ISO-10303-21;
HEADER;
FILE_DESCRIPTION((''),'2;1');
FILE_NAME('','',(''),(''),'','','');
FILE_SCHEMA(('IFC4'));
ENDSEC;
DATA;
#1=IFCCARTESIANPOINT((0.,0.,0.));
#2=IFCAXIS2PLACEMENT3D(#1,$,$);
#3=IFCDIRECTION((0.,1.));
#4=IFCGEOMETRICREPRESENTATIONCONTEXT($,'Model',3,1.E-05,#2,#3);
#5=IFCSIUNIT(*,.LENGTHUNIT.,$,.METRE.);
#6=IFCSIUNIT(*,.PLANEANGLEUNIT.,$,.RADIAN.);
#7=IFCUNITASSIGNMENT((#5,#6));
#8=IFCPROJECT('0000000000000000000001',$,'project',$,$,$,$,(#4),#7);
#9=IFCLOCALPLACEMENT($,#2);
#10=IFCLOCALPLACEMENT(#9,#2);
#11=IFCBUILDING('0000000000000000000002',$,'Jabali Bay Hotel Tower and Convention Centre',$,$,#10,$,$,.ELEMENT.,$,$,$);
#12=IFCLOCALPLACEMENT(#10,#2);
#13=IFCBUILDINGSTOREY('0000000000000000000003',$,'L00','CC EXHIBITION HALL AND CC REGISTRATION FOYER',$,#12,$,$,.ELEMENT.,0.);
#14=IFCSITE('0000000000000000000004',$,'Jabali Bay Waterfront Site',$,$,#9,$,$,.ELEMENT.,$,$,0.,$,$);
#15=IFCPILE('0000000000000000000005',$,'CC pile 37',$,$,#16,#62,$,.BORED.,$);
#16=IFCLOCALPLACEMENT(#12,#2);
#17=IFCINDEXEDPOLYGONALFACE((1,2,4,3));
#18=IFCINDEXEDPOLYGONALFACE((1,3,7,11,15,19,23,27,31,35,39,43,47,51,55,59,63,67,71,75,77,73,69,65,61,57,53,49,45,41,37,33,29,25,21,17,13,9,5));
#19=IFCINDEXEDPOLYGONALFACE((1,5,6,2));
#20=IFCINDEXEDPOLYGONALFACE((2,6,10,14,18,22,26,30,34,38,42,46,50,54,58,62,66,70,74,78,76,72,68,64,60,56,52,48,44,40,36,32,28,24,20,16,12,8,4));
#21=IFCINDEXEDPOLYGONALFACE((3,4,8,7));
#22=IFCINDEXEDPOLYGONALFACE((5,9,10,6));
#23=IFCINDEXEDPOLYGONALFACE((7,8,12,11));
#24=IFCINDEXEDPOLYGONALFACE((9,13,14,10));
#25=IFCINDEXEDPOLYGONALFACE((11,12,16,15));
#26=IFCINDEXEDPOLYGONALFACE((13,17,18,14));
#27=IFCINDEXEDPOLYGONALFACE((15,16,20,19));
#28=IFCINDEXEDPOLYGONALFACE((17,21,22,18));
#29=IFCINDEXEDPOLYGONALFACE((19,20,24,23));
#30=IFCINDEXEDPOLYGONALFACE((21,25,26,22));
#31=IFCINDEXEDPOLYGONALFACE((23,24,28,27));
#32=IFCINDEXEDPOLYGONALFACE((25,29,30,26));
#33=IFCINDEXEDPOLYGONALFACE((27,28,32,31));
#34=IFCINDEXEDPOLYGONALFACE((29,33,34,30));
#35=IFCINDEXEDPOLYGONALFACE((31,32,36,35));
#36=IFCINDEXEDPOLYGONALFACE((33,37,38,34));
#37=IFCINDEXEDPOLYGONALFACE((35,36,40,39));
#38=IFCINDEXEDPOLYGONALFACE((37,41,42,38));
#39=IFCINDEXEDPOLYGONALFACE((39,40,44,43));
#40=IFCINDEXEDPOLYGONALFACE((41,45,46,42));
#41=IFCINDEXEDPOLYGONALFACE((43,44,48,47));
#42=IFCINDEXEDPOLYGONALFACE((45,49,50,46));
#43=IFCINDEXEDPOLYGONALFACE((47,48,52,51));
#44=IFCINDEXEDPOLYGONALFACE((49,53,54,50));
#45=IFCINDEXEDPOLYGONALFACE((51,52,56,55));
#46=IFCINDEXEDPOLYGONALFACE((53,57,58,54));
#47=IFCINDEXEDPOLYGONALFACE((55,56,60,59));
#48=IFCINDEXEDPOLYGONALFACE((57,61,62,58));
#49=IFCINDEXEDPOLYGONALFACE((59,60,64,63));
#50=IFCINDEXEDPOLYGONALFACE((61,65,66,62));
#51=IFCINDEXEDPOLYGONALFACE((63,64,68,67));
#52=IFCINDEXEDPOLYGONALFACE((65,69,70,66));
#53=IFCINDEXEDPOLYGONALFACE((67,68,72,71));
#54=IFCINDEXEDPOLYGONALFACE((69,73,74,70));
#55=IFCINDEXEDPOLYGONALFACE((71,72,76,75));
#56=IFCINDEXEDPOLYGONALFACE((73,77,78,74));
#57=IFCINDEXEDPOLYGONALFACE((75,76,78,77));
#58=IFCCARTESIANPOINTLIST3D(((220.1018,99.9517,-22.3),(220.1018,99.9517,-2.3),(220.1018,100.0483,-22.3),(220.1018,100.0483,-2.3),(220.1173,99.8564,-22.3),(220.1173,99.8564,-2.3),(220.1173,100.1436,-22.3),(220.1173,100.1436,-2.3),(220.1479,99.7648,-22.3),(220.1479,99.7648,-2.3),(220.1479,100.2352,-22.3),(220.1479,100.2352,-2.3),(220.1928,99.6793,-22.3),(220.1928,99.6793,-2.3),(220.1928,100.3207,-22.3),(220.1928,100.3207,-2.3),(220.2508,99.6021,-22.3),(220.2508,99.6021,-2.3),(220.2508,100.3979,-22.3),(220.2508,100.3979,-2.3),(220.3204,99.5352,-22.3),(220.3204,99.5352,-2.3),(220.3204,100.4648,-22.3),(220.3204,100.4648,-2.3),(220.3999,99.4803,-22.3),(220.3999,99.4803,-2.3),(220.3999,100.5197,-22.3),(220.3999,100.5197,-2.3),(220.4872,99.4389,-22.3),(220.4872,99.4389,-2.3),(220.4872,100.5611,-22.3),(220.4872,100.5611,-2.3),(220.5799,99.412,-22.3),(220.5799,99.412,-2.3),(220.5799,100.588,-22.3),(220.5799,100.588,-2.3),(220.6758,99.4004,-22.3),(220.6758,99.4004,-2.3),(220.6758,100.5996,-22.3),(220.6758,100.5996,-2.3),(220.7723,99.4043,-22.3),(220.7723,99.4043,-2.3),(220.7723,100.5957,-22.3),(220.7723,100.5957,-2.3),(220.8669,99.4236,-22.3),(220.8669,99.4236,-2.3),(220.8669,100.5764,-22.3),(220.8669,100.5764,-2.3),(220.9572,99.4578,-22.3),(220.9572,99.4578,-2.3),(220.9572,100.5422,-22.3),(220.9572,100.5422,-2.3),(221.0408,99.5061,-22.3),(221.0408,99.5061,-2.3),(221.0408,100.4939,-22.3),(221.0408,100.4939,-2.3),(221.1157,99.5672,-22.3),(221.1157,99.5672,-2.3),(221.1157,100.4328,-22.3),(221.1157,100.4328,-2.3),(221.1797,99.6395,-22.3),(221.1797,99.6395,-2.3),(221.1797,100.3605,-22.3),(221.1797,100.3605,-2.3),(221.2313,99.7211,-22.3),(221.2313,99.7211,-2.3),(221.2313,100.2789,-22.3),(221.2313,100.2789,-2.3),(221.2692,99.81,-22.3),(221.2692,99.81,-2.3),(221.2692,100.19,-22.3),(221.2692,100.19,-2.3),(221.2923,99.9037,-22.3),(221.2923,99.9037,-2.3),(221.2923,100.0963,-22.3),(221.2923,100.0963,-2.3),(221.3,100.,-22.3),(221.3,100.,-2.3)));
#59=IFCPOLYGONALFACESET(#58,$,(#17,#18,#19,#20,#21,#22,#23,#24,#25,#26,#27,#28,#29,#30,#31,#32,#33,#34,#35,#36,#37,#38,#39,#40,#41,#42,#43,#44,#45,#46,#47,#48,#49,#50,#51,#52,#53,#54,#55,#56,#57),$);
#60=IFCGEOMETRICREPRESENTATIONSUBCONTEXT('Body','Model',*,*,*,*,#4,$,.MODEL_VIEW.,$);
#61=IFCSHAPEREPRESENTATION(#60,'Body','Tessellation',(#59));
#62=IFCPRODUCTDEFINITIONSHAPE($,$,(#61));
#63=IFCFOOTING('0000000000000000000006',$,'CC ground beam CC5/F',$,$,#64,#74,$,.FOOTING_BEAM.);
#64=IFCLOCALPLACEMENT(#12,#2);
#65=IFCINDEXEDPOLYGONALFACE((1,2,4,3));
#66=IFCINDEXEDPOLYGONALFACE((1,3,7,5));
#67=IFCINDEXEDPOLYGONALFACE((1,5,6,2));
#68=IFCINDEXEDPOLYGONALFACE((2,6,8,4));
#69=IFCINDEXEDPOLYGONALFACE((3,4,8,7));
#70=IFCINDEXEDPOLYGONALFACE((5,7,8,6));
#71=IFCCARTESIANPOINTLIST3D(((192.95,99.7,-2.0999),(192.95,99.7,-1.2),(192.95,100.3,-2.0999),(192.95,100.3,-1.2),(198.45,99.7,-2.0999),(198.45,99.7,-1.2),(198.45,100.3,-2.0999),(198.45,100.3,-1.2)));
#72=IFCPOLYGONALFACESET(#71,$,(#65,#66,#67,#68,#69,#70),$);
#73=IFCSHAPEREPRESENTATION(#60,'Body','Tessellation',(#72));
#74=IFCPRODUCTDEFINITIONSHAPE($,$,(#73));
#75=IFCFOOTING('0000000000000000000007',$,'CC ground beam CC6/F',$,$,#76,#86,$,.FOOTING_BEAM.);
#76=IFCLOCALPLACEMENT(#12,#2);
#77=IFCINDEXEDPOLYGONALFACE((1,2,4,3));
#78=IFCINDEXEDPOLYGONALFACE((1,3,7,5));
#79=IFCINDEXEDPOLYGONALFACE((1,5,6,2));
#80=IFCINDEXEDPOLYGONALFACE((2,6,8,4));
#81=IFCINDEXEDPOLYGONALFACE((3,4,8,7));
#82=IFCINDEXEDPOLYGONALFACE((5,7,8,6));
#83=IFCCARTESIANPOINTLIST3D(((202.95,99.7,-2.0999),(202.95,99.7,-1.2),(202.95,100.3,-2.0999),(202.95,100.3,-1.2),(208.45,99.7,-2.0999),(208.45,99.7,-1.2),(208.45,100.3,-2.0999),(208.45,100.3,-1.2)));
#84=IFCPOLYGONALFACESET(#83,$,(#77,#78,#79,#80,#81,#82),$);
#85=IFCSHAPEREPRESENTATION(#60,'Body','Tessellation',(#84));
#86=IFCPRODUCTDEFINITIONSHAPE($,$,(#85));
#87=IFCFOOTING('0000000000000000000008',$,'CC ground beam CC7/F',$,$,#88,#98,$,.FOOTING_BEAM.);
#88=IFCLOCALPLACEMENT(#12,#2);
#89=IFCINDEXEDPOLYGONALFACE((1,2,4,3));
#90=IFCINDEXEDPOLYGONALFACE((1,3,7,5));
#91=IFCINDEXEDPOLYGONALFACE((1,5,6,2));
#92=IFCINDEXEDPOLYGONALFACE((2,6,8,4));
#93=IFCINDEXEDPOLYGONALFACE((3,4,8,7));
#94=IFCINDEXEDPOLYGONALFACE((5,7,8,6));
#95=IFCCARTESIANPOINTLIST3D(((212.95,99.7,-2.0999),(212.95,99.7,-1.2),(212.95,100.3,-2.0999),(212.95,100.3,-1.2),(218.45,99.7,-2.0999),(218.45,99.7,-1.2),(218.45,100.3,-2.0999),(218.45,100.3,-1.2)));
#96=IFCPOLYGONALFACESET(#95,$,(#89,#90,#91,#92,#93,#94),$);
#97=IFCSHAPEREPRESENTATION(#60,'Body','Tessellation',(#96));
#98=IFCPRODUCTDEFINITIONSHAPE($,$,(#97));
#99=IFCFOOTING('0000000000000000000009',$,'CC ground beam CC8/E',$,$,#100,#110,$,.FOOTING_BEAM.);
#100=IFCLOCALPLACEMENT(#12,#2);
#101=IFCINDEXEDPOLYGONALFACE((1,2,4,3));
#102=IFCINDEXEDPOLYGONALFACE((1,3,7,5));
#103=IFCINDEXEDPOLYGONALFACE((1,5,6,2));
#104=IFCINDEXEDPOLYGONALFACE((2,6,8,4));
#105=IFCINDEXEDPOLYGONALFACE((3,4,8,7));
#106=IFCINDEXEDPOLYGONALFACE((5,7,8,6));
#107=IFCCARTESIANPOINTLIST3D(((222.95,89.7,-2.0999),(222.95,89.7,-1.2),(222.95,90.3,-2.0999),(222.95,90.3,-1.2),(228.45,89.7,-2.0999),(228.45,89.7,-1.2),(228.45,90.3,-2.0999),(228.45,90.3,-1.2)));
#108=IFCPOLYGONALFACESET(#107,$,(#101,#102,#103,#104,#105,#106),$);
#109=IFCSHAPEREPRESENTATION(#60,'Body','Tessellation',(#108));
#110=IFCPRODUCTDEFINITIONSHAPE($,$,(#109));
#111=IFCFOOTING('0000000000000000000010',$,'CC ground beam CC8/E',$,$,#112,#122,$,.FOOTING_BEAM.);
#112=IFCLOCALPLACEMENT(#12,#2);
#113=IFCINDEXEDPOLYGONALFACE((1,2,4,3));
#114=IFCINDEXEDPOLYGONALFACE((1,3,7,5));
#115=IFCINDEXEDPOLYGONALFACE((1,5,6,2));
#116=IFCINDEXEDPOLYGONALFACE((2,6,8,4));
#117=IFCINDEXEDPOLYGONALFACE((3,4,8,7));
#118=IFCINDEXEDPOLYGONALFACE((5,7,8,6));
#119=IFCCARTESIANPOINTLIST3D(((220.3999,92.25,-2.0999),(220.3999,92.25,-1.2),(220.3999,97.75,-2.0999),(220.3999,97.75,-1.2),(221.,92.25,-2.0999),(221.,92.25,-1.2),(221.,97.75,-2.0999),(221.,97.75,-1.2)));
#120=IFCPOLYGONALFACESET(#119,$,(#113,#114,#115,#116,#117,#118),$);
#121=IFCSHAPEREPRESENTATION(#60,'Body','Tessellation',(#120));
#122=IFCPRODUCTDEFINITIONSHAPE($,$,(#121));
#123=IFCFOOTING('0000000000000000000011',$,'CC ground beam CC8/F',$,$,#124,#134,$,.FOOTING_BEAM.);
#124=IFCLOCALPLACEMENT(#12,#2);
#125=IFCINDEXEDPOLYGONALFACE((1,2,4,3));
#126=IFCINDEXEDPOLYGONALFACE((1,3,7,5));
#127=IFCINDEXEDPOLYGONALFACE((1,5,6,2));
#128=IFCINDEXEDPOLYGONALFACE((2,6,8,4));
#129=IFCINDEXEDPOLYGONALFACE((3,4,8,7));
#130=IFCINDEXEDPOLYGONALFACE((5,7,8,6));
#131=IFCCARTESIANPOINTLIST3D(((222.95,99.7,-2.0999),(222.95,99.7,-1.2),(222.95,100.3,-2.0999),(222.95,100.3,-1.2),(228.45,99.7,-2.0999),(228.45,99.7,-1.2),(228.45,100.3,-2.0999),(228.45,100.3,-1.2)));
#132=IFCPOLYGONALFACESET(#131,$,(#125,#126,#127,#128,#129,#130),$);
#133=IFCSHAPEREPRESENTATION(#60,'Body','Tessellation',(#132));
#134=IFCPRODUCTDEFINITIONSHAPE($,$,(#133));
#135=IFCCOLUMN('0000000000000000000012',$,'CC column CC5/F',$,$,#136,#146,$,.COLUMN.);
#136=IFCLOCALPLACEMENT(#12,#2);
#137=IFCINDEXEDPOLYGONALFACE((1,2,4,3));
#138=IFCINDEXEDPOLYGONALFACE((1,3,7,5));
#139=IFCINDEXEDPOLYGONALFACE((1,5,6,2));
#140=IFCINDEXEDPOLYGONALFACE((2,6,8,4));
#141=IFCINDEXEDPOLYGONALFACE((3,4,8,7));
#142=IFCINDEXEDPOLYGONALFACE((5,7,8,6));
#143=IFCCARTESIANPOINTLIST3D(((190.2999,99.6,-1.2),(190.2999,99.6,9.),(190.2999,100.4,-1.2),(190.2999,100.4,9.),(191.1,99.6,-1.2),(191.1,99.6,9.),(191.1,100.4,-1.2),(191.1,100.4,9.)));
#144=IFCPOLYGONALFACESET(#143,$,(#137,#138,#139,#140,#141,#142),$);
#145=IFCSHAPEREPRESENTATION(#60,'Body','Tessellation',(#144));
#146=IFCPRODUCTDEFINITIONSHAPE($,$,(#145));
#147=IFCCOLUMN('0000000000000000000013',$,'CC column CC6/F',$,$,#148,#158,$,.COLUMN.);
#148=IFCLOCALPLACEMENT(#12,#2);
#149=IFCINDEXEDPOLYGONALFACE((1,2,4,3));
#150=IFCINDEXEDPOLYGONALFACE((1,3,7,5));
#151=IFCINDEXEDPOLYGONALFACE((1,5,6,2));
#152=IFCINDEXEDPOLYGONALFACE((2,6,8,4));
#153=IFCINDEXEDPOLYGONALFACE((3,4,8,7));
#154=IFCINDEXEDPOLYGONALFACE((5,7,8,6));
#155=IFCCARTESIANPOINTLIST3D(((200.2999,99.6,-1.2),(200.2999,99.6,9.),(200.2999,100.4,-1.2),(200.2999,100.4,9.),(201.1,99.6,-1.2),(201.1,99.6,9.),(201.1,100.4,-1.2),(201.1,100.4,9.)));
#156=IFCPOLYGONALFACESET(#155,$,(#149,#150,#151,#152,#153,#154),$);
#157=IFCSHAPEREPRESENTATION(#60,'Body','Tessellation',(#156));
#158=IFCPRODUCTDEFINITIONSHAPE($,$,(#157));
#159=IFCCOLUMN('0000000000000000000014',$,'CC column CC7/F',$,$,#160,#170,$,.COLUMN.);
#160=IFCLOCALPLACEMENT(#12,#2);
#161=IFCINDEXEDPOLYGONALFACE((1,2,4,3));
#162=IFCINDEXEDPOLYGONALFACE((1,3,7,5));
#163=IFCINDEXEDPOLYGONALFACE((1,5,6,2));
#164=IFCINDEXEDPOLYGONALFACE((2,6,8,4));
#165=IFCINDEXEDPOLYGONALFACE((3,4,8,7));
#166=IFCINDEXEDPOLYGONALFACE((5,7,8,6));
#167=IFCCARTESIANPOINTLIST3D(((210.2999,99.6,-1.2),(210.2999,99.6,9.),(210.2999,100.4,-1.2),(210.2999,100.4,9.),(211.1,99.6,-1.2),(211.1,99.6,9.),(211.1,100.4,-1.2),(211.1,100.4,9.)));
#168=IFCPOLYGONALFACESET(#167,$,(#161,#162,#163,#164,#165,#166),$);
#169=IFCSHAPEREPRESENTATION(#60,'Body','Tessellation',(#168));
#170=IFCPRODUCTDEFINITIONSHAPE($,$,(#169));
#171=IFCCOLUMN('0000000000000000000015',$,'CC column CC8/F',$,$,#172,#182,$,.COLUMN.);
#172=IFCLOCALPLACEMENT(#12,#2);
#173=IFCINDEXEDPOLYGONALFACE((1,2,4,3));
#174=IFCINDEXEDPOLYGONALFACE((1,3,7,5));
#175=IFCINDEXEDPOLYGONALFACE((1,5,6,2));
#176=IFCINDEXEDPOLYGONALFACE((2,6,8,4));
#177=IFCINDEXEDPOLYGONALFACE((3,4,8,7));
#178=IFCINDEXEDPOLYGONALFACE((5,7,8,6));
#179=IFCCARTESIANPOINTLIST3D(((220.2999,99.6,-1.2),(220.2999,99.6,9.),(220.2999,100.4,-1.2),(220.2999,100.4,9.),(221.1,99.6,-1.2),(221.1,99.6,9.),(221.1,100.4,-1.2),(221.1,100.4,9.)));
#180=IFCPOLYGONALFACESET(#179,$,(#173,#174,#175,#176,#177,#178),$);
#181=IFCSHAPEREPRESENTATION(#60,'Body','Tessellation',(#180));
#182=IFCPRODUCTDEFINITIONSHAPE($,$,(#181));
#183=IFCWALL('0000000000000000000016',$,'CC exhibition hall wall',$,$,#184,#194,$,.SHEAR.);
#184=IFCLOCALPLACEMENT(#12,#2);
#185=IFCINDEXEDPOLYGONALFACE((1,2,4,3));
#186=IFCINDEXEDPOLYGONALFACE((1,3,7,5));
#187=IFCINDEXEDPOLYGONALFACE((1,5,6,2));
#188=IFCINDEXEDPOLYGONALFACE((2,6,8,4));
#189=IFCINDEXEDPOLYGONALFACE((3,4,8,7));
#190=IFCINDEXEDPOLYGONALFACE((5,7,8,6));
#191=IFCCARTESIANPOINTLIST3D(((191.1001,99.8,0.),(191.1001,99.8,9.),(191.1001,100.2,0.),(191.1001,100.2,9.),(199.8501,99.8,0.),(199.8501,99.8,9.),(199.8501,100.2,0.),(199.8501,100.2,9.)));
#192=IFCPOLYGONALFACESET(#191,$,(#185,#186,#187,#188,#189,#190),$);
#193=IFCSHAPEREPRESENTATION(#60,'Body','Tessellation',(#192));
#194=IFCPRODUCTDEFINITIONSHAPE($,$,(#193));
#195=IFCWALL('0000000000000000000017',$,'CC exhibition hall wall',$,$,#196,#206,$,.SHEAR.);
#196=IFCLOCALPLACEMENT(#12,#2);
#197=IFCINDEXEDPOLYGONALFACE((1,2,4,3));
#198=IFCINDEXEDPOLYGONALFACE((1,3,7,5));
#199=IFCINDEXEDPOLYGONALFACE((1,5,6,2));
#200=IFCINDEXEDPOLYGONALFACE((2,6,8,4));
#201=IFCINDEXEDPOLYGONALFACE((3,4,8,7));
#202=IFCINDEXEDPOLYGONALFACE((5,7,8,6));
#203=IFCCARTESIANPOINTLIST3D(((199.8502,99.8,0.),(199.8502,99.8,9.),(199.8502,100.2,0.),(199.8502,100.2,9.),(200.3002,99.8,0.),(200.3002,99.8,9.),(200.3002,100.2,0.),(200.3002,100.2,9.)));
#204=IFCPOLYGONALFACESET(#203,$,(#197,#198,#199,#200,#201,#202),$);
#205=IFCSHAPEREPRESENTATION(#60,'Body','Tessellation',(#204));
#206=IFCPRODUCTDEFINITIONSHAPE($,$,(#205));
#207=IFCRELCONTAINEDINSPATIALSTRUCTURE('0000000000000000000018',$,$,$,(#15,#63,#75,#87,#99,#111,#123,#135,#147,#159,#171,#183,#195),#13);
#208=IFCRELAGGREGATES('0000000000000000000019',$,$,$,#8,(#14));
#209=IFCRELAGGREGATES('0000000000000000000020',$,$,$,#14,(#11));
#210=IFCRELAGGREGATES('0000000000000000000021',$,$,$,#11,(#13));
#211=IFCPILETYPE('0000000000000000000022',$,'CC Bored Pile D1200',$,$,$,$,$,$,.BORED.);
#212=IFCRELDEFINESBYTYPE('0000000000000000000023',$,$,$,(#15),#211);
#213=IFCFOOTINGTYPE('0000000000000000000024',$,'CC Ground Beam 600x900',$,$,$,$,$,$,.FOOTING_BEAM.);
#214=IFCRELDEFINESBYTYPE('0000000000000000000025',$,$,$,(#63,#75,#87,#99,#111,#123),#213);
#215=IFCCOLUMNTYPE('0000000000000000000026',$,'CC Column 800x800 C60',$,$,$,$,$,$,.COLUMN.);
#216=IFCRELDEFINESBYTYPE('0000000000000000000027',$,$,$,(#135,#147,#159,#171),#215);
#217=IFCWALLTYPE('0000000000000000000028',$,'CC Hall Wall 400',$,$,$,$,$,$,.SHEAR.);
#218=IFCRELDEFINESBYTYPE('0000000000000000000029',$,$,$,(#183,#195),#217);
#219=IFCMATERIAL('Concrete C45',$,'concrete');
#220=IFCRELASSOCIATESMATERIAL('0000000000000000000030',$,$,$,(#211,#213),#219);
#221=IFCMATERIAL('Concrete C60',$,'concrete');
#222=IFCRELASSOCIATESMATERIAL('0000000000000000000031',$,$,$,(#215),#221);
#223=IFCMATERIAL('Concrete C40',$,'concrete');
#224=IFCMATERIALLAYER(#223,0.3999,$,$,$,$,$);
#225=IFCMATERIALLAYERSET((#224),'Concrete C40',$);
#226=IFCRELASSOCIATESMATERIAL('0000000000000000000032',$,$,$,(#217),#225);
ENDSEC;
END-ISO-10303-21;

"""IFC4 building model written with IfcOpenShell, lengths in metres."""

from ifc_helpers import new_model, si_unit, direction, frame, frame_2d, origin, origin_2d, place, context, subcontext, project, spatial, rectangle, circle, extrude, material, layer, layer_set, material_profile, profile_set, type_object, element, save


model = new_model("IFC4")

# Units and contexts
model_context = context("Model", 3, precision=1e-05, world=origin(), true_north=direction((0.0, 1.0)))
body_context = subcontext(model_context, "Body", "Model", "MODEL_VIEW")
ifc_project = project(units=[si_unit("LENGTHUNIT", "METRE"), si_unit("PLANEANGLEUNIT", "RADIAN")], contexts=[model_context])

# Site, building, storey
site_placement = place(None, origin())
site = spatial("IfcSite", under=ifc_project, at=site_placement, Name="Jabali Bay Waterfront Site", CompositionType="ELEMENT", RefElevation=0.0)
building_placement = place(site_placement, origin())
building = spatial("IfcBuilding", under=site, at=building_placement, Name="Jabali Bay Hotel Tower and Convention Centre", CompositionType="ELEMENT")
storey_placement = place(building_placement, origin())
storey = spatial("IfcBuildingStorey", under=building, at=storey_placement, Name="L00", Description="CC EXHIBITION HALL AND CC REGISTRATION FOYER", CompositionType="ELEMENT", Elevation=0.0)

# Pile
ifc_material_1 = material(Name="Concrete C45", Category="concrete")
ifc_material_profile_1 = material_profile(ifc_material_1, circle(Radius=0.6001, at=origin_2d()), Name="D1200")
ifc_profile_set_1 = profile_set([ifc_material_profile_1], Name="Concrete C45")
pile_type = type_object("IfcPileType", Name="CC Bored Pile D1200", PredefinedType="BORED", material=ifc_profile_set_1)
for number, where, z_axis, x_axis, name in (
    (1, (220.7, 100.0, -2.3), (0.0, 0.0, -1.0), (1.0, 0.0, 0.0), "CC pile 37"),
):
    element("IfcPile", number, at=place(storey_placement, frame(where, z_axis=z_axis, x_axis=x_axis)), inside=storey, type_object=pile_type, Name=name, PredefinedType="BORED", context=body_context, shape_type="SweptSolid", body=[
        extrude(circle(Radius=0.6001, at=origin_2d()), origin(), (0.0, 0.0, 1.0), 20.0),
    ])

# Footings
ifc_material_profile_2 = material_profile(ifc_material_1, rectangle(XDim=0.6001, YDim=0.8999, at=origin_2d()), Name="RC 600x900")
ifc_profile_set_2 = profile_set([ifc_material_profile_2], Name="Concrete C45")
footing_type = type_object("IfcFootingType", Name="CC Ground Beam 600x900", PredefinedType="FOOTING_BEAM", material=ifc_profile_set_2)
for number, where, z_axis, x_axis, name in (
    (2, (192.95, 100.0, -1.6499), (1.0, 0.0, 0.0), (0.0, 1.0, 0.0), "CC ground beam CC5/F"),
    (3, (202.95, 100.0, -1.6499), (1.0, 0.0, 0.0), (0.0, 1.0, 0.0), "CC ground beam CC6/F"),
    (4, (212.95, 100.0, -1.6499), (1.0, 0.0, 0.0), (0.0, 1.0, 0.0), "CC ground beam CC7/F"),
    (5, (222.95, 90.0, -1.6499), (1.0, 0.0, 0.0), (0.0, 1.0, 0.0), "CC ground beam CC8/E"),
    (6, (220.7, 92.25, -1.6499), (0.0, 1.0, 0.0), (-1.0, 0.0, 0.0), "CC ground beam CC8/E"),
    (7, (222.95, 100.0, -1.6499), (1.0, 0.0, 0.0), (0.0, 1.0, 0.0), "CC ground beam CC8/F"),
):
    element("IfcFooting", number, at=place(storey_placement, frame(where, z_axis=z_axis, x_axis=x_axis)), inside=storey, type_object=footing_type, Name=name, PredefinedType="FOOTING_BEAM", context=body_context, shape_type="SweptSolid", body=[
        extrude(rectangle(XDim=0.6001, YDim=0.8999, at=origin_2d()), origin(), (0.0, 0.0, 1.0), 5.5),
    ])

# Columns
ifc_material_2 = material(Name="Concrete C60", Category="concrete")
ifc_material_profile_3 = material_profile(ifc_material_2, rectangle(XDim=0.8, YDim=0.8, at=origin_2d()), Name="RC 800x800")
ifc_profile_set_3 = profile_set([ifc_material_profile_3], Name="Concrete C60")
column_type = type_object("IfcColumnType", Name="CC Column 800x800 C60", PredefinedType="COLUMN", material=ifc_profile_set_3)
for number, where, z_axis, x_axis, name in (
    (8, (190.7, 100.0, -1.2), (0.0, 0.0, 1.0), (1.0, 0.0, 0.0), "CC column CC5/F"),
    (9, (200.7, 100.0, -1.2), (0.0, 0.0, 1.0), (1.0, 0.0, 0.0), "CC column CC6/F"),
    (10, (210.7, 100.0, -1.2), (0.0, 0.0, 1.0), (1.0, 0.0, 0.0), "CC column CC7/F"),
    (11, (220.7, 100.0, -1.2), (0.0, 0.0, 1.0), (1.0, 0.0, 0.0), "CC column CC8/F"),
):
    element("IfcColumn", number, at=place(storey_placement, frame(where, z_axis=z_axis, x_axis=x_axis)), inside=storey, type_object=column_type, Name=name, PredefinedType="COLUMN", context=body_context, shape_type="SweptSolid", body=[
        extrude(rectangle(XDim=0.8, YDim=0.8, at=origin_2d()), origin(), (0.0, 0.0, 1.0), 10.2),
    ])

# Walls
ifc_material_3 = material(Name="Concrete C40", Category="concrete")
ifc_layer_1 = layer(ifc_material_3, 0.3999)
ifc_layer_set_1 = layer_set([ifc_layer_1], Name="Concrete C40")
wall_type_1 = type_object("IfcWallType", Name="CC Hall Wall 400", PredefinedType="SHEAR", material=ifc_layer_set_1)
wall_1_placement = place(storey_placement, frame((191.1001, 100.0, 0.0), z_axis=(0.0, 0.0, 1.0), x_axis=(1.0, 0.0, 0.0)))
element("IfcWall", 12, at=wall_1_placement, inside=storey, type_object=wall_type_1, Name="CC exhibition hall wall", PredefinedType="SHEAR", context=body_context, shape_type="SweptSolid", body=[
    extrude(rectangle(XDim=8.75, YDim=0.3999, at=frame_2d((4.375, 0.0))), origin(), (0.0, 0.0, 1.0), 9.0),
])
wall_2_placement = place(storey_placement, frame((199.8501, 100.0, 0.0), z_axis=(0.0, 0.0, 1.0), x_axis=(1.0, 0.0, 0.0)))
element("IfcWall", 13, at=wall_2_placement, inside=storey, type_object=wall_type_1, Name="CC exhibition hall wall", PredefinedType="SHEAR", context=body_context, shape_type="SweptSolid", body=[
    extrude(rectangle(XDim=0.45, YDim=0.3999, at=frame_2d((0.2251, 0.0))), origin(), (0.0, 0.0, 1.0), 9.0),
])

save(model, "model.ifc")
